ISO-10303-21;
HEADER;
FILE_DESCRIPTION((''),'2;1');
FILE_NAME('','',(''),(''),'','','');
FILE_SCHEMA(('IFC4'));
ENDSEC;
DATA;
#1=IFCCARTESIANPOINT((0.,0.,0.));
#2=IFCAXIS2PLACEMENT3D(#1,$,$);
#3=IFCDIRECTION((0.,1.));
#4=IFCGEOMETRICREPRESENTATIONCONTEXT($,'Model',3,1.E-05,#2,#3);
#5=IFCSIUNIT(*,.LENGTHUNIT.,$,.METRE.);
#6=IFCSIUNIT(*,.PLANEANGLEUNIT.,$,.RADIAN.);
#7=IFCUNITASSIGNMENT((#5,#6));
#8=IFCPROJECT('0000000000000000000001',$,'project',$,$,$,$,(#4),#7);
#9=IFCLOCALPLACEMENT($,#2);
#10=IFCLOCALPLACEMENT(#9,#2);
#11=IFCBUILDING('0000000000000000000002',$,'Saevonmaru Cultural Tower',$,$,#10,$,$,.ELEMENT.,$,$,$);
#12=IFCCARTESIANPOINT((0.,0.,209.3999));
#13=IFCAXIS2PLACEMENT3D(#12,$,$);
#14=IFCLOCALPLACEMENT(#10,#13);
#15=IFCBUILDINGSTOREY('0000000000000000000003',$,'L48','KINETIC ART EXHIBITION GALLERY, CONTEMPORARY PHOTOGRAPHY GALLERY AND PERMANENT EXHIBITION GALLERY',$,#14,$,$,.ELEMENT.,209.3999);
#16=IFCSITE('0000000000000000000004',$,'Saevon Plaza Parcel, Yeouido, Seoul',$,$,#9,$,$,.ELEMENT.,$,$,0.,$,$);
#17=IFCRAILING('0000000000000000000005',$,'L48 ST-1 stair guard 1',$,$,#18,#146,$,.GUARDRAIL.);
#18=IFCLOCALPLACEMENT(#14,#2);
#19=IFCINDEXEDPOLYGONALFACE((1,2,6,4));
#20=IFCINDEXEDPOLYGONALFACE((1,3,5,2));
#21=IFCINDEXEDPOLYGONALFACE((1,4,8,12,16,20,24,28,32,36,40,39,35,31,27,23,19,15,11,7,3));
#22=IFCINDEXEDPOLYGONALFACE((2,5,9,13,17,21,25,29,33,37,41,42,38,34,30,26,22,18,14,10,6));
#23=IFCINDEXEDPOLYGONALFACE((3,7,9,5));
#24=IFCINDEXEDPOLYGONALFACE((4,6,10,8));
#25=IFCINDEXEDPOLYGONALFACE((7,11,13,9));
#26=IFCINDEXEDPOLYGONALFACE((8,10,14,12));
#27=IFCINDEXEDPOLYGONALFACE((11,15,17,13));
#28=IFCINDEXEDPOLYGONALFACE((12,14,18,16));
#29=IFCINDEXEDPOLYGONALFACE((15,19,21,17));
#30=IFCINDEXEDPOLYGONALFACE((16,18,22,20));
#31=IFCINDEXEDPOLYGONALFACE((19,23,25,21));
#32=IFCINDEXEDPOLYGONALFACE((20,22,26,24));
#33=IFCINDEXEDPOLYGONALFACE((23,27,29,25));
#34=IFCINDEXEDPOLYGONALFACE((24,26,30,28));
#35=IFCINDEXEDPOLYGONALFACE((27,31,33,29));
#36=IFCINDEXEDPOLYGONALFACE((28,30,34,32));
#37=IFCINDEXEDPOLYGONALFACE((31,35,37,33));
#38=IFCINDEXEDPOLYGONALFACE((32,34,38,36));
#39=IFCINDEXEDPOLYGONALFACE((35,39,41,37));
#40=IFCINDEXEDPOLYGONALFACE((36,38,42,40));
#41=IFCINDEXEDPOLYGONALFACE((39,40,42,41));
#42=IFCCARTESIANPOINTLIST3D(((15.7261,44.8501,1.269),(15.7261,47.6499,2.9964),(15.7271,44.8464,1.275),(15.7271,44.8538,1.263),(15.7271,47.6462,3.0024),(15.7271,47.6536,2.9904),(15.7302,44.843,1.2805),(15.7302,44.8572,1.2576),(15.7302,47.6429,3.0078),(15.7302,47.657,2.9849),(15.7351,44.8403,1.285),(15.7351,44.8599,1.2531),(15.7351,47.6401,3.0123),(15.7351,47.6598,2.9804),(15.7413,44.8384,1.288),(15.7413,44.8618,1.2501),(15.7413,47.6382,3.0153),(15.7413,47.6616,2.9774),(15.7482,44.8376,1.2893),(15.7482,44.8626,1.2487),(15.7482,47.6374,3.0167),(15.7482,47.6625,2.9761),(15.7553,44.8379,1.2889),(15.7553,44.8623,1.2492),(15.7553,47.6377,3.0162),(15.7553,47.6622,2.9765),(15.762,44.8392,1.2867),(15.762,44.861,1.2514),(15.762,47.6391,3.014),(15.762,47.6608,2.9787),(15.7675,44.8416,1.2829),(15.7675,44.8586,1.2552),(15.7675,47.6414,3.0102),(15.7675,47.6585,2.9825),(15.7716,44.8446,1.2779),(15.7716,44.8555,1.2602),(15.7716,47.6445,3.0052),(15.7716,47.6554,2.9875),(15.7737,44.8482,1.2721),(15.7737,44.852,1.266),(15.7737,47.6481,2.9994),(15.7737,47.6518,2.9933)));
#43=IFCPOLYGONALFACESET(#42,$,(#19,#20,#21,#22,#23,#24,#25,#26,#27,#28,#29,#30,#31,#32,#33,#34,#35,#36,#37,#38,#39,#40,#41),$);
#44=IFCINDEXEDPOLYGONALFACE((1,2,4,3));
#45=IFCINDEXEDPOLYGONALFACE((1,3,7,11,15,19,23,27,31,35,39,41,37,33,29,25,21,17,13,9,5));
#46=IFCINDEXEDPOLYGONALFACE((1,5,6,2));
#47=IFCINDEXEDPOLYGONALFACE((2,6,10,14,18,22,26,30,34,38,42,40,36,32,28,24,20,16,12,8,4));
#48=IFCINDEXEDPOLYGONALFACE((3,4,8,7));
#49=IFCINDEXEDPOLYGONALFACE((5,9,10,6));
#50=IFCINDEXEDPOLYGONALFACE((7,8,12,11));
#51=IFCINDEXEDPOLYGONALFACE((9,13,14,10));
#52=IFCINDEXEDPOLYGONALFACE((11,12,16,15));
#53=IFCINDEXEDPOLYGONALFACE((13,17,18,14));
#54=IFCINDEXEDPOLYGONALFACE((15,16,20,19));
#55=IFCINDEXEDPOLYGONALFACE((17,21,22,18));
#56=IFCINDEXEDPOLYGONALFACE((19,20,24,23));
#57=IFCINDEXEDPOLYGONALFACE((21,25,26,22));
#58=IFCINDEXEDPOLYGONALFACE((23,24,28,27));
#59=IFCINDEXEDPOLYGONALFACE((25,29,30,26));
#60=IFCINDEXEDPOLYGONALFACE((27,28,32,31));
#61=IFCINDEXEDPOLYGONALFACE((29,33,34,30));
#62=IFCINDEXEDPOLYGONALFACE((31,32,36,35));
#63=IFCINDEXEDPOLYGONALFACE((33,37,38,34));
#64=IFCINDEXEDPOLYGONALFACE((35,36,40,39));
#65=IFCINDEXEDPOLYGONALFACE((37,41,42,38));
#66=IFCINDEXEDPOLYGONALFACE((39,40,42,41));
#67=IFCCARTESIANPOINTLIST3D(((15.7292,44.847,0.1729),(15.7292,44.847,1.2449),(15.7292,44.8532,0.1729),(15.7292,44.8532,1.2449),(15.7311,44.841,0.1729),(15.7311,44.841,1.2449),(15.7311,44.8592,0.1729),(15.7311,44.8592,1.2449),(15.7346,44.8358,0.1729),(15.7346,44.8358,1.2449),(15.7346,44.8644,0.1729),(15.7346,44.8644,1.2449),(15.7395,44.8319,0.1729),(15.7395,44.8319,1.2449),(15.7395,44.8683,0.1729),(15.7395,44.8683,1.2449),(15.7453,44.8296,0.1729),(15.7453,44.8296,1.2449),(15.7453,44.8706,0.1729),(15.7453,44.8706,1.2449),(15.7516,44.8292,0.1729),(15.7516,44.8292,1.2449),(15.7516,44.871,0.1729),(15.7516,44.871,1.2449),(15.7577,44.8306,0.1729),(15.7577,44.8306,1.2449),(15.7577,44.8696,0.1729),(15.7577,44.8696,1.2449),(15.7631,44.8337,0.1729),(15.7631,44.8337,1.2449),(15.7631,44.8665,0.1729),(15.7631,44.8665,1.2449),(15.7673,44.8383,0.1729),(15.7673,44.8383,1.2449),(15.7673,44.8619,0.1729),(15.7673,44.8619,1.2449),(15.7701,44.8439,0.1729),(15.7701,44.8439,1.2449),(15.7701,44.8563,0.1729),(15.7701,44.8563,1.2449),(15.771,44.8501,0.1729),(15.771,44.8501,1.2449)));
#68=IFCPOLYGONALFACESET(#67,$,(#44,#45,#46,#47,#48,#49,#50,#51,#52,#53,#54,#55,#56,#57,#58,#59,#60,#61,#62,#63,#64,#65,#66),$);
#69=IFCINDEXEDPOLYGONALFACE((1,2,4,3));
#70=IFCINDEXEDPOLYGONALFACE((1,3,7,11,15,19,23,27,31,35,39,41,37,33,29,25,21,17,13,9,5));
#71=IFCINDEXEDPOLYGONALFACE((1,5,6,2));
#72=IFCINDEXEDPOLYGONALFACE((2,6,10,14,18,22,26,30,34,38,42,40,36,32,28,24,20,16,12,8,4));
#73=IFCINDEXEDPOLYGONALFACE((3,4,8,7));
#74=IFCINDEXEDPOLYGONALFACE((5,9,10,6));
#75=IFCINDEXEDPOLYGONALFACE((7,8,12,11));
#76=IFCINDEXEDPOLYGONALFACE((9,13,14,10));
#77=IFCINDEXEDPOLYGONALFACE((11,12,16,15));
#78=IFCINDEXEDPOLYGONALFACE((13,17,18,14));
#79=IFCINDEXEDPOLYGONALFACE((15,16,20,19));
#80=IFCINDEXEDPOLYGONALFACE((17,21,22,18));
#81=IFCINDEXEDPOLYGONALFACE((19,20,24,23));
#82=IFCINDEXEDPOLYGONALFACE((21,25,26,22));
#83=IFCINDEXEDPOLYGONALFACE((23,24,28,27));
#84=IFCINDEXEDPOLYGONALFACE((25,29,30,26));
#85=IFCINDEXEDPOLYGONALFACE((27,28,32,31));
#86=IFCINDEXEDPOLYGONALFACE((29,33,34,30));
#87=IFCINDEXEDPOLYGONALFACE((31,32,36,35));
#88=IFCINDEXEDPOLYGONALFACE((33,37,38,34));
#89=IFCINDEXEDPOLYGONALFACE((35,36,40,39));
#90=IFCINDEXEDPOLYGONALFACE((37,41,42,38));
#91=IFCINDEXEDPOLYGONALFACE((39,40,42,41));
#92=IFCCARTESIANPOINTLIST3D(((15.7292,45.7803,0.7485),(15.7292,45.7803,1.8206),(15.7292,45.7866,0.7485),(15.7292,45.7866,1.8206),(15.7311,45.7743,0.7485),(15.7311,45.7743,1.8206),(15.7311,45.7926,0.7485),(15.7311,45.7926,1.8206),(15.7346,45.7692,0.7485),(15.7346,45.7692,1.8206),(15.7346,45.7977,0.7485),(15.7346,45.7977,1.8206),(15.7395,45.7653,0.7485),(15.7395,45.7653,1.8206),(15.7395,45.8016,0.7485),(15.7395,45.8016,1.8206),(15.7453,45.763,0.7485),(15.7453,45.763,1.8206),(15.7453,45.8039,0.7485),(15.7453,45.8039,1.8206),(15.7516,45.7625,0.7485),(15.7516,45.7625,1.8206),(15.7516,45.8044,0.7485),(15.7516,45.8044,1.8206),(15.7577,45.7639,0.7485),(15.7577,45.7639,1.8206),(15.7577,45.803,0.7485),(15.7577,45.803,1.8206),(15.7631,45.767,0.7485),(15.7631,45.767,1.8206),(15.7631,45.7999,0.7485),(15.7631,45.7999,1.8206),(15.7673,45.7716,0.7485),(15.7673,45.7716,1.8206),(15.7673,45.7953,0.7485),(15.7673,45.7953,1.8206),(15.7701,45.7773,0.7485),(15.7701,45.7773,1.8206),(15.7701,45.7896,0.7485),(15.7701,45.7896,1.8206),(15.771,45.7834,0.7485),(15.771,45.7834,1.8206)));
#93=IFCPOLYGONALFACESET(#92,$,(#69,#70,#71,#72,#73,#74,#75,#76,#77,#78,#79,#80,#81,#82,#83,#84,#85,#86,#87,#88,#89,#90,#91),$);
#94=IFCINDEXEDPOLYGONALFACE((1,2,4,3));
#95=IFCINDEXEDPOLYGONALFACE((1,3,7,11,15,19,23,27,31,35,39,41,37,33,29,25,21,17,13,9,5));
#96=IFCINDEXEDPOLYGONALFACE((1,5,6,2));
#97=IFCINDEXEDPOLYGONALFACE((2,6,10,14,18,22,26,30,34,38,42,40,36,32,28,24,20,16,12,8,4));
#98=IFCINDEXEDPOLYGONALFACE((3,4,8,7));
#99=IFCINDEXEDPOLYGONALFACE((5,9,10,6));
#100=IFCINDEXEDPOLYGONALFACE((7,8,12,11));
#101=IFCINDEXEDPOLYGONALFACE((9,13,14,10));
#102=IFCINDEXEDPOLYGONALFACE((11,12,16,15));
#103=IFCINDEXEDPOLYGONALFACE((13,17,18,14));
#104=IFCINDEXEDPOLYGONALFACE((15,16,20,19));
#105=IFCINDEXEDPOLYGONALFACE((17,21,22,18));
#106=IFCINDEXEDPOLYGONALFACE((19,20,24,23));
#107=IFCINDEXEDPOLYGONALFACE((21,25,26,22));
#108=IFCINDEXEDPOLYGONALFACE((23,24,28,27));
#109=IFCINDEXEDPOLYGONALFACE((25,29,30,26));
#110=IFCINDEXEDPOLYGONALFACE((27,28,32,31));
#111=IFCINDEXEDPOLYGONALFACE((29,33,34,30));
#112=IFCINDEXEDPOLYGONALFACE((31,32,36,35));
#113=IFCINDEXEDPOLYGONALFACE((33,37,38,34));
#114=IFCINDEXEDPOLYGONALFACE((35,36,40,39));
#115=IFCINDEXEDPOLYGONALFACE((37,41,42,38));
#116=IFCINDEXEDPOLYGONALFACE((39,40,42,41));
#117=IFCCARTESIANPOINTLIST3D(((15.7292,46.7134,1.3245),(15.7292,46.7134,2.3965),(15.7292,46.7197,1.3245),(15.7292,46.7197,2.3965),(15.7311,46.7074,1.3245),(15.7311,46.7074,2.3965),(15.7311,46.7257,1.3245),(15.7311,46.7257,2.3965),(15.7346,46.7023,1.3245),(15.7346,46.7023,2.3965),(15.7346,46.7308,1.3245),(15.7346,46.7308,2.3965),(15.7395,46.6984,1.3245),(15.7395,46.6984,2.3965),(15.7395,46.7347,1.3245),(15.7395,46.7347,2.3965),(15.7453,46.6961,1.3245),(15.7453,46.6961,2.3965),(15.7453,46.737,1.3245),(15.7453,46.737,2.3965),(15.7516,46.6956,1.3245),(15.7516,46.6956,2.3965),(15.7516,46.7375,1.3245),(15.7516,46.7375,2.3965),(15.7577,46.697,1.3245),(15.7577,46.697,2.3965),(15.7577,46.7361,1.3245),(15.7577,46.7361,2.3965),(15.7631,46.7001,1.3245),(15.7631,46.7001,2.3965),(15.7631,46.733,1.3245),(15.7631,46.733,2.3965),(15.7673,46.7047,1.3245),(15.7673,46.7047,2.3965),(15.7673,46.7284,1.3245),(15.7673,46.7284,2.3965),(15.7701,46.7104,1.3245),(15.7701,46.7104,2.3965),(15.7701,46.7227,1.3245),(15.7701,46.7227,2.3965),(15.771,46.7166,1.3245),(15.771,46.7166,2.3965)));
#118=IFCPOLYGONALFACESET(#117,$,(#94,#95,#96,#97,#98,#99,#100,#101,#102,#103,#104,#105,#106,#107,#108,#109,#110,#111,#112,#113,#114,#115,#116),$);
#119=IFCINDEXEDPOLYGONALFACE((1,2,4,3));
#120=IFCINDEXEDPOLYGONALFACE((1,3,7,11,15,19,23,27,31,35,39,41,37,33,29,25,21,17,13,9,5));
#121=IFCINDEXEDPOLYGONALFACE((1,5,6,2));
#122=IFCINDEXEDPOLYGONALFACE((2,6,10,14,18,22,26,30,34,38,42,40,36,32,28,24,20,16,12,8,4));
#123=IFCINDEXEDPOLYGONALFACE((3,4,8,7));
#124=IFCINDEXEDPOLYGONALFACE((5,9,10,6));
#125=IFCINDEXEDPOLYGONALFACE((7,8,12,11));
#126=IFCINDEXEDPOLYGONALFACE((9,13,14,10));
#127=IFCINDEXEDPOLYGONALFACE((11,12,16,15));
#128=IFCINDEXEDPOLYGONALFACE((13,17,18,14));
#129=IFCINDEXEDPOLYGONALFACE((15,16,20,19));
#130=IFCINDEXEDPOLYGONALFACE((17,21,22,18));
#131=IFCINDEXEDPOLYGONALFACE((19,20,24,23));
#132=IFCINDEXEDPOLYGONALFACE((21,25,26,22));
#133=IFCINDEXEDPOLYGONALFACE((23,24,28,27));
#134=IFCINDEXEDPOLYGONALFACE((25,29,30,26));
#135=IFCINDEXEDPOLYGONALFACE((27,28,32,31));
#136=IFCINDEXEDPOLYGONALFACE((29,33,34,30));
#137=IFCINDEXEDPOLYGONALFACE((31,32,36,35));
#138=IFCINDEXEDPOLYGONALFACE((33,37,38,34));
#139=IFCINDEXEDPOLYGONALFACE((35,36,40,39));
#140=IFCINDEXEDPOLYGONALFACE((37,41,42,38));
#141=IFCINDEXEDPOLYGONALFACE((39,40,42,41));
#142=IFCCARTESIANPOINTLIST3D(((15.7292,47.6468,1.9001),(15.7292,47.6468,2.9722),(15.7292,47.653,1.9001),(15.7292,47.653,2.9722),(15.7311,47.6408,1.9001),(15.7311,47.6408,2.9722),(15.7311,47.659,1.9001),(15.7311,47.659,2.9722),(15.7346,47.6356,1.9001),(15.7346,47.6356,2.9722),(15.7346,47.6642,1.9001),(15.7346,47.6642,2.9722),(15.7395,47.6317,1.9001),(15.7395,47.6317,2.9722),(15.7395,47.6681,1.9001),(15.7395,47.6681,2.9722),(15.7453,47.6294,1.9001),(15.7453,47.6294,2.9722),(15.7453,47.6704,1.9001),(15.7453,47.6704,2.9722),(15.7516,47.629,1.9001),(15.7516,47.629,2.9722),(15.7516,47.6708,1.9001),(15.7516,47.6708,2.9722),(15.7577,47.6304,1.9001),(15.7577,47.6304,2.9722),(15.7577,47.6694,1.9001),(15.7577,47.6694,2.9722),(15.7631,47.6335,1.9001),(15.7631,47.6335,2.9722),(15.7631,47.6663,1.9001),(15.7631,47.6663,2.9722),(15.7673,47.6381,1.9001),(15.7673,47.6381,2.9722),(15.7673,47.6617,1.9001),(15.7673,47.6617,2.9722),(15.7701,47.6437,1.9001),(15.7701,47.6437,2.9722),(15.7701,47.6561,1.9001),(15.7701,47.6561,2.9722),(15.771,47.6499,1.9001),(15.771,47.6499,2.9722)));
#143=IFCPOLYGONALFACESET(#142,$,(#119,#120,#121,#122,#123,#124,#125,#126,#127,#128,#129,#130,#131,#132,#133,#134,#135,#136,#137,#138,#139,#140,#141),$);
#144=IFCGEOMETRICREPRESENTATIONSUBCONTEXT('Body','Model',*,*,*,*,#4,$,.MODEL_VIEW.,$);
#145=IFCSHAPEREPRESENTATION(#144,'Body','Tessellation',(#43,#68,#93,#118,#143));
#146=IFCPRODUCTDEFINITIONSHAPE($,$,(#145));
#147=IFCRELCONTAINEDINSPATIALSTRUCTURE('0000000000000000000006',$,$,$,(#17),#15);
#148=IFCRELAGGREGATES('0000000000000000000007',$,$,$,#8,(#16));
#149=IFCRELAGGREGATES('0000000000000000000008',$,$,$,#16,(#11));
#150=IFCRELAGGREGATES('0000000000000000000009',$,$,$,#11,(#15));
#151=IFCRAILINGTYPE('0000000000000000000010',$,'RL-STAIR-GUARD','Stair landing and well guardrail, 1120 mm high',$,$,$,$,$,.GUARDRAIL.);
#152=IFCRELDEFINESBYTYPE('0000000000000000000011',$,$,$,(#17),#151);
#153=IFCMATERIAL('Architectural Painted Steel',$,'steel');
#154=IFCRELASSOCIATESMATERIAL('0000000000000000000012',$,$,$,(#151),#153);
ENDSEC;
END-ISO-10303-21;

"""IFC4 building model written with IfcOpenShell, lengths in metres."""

from ifc_helpers import new_model, si_unit, direction, frame, origin, origin_2d, place, context, subcontext, project, spatial, circle, extrude, material, type_object, element, save


model = new_model("IFC4")

# Units and contexts
model_context = context("Model", 3, precision=1e-05, world=origin(), true_north=direction((0.0, 1.0)))
body_context = subcontext(model_context, "Body", "Model", "MODEL_VIEW")
ifc_project = project(units=[si_unit("LENGTHUNIT", "METRE"), si_unit("PLANEANGLEUNIT", "RADIAN")], contexts=[model_context])

# Site, building, storey
site_placement = place(None, origin())
site = spatial("IfcSite", under=ifc_project, at=site_placement, Name="Saevon Plaza Parcel, Yeouido, Seoul", CompositionType="ELEMENT", RefElevation=0.0)
building_placement = place(site_placement, origin())
building = spatial("IfcBuilding", under=site, at=building_placement, Name="Saevonmaru Cultural Tower", CompositionType="ELEMENT")
storey_placement = place(building_placement, frame((0.0, 0.0, 209.3999)))
storey = spatial("IfcBuildingStorey", under=building, at=storey_placement, Name="L48", Description="KINETIC ART EXHIBITION GALLERY, CONTEMPORARY PHOTOGRAPHY GALLERY AND PERMANENT EXHIBITION GALLERY", CompositionType="ELEMENT", Elevation=209.3999)

# Railing
ifc_material_1 = material(Name="Architectural Painted Steel", Category="steel")
railing_type_1 = type_object("IfcRailingType", Name="RL-STAIR-GUARD", Description="Stair landing and well guardrail, 1120 mm high", PredefinedType="GUARDRAIL", material=ifc_material_1)
railing_1_placement = place(storey_placement, frame((15.75, 44.8501, 0.1729)))
element("IfcRailing", 1, at=railing_1_placement, inside=storey, type_object=railing_type_1, Name="L48 ST-1 stair guard 1", PredefinedType="GUARDRAIL", context=body_context, shape_type="SweptSolid", body=[
    extrude(circle(Radius=0.0239, at=origin_2d()), frame((0.0, 0.0, 1.0962), z_axis=(0.0, 0.851069, 0.525054), x_axis=(-1.0, 0.0, 0.0)), (0.0, 0.0, 1.0), 3.2898),
    extrude(circle(Radius=0.021, at=origin_2d()), origin(), (0.0, 0.0, 1.0), 1.072),
    extrude(circle(Radius=0.021, at=origin_2d()), frame((0.0, 0.9333, 0.5757)), (0.0, 0.0, 1.0), 1.072),
    extrude(circle(Radius=0.021, at=origin_2d()), frame((0.0, 1.8665, 1.1516)), (0.0, 0.0, 1.0), 1.072),
    extrude(circle(Radius=0.021, at=origin_2d()), frame((0.0, 2.7998, 1.7273)), (0.0, 0.0, 1.0), 1.072),
])

save(model, "model.ifc")
